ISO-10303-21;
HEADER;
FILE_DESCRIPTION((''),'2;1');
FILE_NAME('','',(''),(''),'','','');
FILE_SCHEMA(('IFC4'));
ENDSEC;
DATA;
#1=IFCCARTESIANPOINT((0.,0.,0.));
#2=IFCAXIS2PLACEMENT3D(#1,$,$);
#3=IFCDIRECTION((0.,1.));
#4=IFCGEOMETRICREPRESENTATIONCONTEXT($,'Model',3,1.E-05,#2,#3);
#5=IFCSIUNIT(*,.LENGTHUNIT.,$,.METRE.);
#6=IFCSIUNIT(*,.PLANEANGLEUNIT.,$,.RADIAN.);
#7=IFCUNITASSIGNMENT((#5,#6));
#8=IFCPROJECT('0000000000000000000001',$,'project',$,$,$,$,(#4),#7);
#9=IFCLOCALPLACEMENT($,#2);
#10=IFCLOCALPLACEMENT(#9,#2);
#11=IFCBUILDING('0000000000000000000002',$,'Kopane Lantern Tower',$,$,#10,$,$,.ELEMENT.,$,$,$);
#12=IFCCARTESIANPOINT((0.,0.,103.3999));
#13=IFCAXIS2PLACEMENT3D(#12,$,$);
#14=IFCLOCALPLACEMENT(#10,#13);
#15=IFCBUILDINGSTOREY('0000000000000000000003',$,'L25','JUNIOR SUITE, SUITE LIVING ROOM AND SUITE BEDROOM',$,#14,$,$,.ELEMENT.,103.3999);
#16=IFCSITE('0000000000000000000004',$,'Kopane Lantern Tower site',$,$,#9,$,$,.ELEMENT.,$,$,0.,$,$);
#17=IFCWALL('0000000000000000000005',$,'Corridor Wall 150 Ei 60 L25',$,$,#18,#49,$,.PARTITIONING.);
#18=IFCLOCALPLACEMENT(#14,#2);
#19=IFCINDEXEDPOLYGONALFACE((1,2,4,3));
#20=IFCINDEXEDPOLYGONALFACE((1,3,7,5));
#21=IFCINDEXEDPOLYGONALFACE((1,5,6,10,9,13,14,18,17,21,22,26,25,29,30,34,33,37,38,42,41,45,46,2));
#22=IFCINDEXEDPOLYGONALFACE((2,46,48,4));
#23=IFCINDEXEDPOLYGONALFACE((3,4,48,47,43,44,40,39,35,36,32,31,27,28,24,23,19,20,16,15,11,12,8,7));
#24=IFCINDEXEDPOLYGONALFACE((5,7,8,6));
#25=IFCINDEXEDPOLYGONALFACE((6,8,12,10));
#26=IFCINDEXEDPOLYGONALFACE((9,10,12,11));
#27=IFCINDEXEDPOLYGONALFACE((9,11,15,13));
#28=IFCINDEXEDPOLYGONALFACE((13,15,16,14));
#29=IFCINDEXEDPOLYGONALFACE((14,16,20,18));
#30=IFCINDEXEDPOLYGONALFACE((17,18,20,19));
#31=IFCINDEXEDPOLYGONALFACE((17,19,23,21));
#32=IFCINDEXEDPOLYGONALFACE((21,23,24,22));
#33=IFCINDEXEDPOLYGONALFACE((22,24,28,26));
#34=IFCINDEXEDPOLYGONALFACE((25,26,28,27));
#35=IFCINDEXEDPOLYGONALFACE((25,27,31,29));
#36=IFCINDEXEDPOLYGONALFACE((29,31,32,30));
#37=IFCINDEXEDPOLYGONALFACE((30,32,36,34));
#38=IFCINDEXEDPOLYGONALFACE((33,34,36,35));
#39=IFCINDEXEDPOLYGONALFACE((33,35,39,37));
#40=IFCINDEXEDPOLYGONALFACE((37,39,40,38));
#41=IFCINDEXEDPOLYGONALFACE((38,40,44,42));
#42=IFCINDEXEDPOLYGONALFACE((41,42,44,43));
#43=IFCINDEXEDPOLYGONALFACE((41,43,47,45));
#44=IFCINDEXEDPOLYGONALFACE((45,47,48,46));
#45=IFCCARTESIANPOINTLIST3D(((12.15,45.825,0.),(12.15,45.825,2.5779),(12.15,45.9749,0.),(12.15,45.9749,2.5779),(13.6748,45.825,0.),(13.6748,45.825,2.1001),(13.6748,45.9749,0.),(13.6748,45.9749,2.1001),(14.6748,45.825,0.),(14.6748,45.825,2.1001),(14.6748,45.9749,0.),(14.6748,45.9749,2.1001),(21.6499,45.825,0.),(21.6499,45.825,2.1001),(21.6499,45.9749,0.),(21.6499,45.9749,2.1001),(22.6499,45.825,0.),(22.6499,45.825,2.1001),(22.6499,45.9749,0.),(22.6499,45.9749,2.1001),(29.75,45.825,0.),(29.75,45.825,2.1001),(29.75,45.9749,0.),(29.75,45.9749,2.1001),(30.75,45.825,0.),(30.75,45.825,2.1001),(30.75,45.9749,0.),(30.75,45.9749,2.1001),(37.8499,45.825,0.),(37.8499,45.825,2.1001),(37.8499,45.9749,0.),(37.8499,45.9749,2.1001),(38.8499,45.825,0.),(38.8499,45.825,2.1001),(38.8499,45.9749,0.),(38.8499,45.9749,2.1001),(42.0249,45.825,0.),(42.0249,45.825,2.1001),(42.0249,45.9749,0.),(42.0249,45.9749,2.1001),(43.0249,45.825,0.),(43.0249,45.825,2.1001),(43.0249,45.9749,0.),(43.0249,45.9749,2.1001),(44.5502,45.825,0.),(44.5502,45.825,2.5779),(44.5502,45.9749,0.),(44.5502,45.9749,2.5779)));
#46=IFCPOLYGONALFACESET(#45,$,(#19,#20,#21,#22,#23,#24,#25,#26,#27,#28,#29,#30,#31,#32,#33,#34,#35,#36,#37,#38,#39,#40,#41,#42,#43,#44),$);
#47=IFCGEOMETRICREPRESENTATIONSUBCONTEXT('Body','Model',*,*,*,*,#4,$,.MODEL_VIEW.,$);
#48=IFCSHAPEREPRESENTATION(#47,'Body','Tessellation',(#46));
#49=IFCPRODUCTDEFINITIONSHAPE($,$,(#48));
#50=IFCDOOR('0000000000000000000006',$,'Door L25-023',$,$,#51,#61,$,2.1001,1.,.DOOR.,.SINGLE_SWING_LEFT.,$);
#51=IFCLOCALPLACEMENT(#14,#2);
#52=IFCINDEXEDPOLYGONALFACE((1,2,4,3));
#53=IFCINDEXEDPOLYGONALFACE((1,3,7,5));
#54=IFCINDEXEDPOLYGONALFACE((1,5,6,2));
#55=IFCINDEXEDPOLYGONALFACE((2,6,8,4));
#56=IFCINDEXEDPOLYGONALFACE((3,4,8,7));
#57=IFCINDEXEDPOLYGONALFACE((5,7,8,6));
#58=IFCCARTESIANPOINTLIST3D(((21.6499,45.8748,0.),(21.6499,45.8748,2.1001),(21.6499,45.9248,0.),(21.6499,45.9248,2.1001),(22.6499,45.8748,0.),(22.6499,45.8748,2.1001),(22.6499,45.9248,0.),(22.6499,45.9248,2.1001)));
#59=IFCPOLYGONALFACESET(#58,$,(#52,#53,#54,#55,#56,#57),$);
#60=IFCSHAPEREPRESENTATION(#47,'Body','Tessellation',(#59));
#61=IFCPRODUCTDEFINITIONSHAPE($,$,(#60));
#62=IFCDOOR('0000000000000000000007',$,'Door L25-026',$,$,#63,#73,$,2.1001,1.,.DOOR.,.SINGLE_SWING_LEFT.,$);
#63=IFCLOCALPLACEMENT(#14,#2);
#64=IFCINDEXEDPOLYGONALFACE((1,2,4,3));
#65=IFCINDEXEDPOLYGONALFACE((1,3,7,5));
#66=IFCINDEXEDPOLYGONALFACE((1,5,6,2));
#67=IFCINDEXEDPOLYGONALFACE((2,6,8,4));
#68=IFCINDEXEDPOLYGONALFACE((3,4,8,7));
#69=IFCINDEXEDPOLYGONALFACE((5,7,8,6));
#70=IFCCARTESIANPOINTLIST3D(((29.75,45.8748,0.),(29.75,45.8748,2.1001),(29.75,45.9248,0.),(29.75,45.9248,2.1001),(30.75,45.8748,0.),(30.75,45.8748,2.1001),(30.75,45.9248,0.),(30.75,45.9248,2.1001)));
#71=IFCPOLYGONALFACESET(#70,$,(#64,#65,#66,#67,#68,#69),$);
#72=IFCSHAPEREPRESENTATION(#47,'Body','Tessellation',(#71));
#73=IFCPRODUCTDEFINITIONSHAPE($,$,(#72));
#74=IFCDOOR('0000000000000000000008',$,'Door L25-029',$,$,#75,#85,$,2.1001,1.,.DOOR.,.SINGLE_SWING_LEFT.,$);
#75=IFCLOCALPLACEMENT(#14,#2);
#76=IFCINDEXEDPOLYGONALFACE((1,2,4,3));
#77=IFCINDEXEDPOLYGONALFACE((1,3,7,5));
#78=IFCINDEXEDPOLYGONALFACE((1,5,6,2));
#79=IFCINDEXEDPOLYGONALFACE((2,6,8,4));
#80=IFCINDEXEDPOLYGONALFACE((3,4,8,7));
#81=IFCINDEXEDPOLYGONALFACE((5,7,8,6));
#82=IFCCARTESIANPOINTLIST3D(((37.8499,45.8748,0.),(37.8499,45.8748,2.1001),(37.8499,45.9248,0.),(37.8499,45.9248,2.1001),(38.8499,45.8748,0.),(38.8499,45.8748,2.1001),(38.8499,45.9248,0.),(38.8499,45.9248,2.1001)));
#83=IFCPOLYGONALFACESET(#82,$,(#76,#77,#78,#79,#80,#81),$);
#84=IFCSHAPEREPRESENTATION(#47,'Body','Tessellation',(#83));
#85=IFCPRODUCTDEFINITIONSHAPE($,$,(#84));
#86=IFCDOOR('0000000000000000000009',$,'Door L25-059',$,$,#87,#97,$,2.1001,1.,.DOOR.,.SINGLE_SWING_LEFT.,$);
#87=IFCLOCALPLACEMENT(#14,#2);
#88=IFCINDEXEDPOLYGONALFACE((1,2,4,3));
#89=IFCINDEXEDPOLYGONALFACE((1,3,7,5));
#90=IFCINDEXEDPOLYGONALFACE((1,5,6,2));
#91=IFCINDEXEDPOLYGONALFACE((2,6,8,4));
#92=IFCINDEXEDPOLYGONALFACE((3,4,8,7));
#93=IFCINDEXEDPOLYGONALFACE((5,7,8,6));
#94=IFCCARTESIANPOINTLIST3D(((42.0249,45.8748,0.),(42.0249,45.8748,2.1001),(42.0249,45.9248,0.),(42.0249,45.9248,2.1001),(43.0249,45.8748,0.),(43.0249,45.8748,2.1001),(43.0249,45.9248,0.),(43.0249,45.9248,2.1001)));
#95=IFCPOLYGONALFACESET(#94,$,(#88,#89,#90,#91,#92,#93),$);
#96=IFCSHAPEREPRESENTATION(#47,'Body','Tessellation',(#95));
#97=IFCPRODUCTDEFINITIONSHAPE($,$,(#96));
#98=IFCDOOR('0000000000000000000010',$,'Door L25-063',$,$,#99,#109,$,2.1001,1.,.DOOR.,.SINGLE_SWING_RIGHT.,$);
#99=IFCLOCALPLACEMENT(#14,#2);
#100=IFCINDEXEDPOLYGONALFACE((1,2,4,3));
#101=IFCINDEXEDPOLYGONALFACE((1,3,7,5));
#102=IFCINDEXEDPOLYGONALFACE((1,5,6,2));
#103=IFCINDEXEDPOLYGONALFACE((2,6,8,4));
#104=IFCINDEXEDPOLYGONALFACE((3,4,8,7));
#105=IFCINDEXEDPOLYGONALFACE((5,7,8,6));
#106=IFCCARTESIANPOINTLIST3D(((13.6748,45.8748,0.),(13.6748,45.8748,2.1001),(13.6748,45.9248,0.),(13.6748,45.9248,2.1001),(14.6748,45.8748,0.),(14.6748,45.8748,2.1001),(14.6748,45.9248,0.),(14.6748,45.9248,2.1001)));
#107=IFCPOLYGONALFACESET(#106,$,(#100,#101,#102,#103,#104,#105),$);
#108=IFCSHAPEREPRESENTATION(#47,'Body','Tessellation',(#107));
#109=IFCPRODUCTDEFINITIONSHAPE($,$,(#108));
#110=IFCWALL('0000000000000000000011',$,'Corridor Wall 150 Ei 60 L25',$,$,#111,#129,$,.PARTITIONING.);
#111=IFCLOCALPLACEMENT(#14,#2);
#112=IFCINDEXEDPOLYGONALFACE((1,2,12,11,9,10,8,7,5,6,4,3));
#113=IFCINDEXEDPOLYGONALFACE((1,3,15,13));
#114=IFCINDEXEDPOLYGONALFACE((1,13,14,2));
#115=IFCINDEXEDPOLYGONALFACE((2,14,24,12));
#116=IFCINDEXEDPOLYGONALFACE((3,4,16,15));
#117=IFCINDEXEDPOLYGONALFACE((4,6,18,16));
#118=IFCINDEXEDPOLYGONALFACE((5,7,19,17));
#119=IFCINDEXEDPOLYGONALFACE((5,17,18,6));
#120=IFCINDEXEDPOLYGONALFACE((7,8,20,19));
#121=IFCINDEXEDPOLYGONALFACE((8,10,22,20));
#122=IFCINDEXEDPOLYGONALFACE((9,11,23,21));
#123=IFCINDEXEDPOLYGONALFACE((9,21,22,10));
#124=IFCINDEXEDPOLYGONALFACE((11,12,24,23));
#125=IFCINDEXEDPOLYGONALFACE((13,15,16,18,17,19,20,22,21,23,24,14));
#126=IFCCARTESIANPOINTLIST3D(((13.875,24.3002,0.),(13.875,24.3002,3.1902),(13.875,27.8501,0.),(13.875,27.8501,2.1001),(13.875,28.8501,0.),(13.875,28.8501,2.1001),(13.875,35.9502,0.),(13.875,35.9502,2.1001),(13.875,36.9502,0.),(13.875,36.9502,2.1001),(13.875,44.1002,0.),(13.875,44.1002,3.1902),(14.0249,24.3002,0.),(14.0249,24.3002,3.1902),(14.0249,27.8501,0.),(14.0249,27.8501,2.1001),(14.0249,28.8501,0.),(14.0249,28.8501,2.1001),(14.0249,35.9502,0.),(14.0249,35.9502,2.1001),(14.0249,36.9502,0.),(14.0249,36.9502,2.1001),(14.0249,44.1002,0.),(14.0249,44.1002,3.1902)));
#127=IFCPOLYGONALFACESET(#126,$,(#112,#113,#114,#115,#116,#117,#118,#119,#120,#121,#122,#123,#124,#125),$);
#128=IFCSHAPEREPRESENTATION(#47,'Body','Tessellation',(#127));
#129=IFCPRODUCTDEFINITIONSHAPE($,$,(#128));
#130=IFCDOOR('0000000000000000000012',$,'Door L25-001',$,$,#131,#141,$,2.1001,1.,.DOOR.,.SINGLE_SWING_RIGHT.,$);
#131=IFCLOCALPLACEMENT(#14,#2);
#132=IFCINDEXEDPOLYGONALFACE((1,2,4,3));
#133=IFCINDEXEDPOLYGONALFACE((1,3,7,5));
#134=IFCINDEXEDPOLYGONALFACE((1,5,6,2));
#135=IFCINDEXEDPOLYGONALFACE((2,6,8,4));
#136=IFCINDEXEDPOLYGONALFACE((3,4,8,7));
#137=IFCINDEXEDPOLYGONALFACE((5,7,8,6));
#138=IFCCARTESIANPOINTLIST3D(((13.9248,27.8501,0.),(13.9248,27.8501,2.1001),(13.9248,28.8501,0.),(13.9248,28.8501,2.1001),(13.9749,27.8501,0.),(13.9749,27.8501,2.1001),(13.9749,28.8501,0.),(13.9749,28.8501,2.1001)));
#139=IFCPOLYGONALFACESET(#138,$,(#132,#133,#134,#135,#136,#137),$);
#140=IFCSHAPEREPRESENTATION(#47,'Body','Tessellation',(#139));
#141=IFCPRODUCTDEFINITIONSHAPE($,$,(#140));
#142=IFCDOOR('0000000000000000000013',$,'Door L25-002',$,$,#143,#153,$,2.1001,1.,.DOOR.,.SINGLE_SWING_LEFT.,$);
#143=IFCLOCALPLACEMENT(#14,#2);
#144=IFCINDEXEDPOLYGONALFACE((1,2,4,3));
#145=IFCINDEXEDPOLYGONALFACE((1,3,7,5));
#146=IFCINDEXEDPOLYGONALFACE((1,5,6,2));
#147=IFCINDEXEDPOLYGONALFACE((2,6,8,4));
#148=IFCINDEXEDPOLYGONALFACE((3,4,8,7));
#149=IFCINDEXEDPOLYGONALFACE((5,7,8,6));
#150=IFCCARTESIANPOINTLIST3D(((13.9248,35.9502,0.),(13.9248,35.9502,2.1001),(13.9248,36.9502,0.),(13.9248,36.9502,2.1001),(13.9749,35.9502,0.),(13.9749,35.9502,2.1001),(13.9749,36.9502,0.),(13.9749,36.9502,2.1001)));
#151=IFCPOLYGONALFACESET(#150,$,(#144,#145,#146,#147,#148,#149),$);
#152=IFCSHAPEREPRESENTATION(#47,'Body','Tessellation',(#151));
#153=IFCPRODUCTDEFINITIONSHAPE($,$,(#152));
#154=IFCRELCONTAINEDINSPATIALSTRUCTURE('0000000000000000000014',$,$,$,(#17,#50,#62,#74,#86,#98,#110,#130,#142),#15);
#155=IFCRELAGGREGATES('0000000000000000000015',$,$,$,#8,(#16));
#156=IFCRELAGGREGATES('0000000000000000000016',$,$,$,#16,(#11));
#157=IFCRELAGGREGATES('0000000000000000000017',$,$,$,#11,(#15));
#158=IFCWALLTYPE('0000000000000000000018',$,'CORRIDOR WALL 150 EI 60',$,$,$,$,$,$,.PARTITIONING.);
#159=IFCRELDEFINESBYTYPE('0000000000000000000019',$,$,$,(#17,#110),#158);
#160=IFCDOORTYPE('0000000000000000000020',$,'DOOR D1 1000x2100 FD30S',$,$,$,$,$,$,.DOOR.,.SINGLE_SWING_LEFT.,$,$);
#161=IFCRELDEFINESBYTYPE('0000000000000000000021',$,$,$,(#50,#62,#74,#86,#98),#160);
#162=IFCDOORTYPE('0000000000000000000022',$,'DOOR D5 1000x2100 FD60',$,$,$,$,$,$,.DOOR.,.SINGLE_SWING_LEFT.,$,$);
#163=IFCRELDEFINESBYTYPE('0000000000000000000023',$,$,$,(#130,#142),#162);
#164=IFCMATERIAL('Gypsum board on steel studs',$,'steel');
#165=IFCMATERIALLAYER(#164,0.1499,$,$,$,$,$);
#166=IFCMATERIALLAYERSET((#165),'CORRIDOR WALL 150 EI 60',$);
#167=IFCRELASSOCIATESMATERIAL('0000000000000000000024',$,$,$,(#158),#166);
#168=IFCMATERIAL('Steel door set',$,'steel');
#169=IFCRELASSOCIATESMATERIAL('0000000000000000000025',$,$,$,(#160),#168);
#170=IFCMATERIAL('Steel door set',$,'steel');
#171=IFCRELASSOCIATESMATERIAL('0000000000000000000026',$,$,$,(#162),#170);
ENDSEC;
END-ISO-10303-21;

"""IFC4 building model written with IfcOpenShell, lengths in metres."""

from ifc_helpers import new_model, si_unit, direction, frame, frame_2d, origin, place, context, subcontext, project, spatial, rectangle, extrude, material, layer, layer_set, type_object, element, fill, save


model = new_model("IFC4")

# Units and contexts
model_context = context("Model", 3, precision=1e-05, world=origin(), true_north=direction((0.0, 1.0)))
body_context = subcontext(model_context, "Body", "Model", "MODEL_VIEW")
ifc_project = project(units=[si_unit("LENGTHUNIT", "METRE"), si_unit("PLANEANGLEUNIT", "RADIAN")], contexts=[model_context])

# Site, building, storey
site_placement = place(None, origin())
site = spatial("IfcSite", under=ifc_project, at=site_placement, Name="Kopane Lantern Tower site", CompositionType="ELEMENT", RefElevation=0.0)
building_placement = place(site_placement, origin())
building = spatial("IfcBuilding", under=site, at=building_placement, Name="Kopane Lantern Tower", CompositionType="ELEMENT")
storey_placement = place(building_placement, frame((0.0, 0.0, 103.3999)))
storey = spatial("IfcBuildingStorey", under=building, at=storey_placement, Name="L25", Description="JUNIOR SUITE, SUITE LIVING ROOM AND SUITE BEDROOM", CompositionType="ELEMENT", Elevation=103.3999)

# Walls, openings, doors
ifc_material_1 = material(Name="Gypsum board on steel studs", Category="steel")
ifc_layer_1 = layer(ifc_material_1, 0.1499)
ifc_layer_set_1 = layer_set([ifc_layer_1], Name="CORRIDOR WALL 150 EI 60")
wall_type_1 = type_object("IfcWallType", Name="CORRIDOR WALL 150 EI 60", PredefinedType="PARTITIONING", material=ifc_layer_set_1)
wall_1_placement = place(storey_placement, frame((12.1499, 45.8999, 0.0), z_axis=(0.0, 0.0, 1.0), x_axis=(1.0, 0.0, 0.0)))
wall_1 = element("IfcWall", 1, at=wall_1_placement, inside=storey, type_object=wall_type_1, Name="Corridor Wall 150 Ei 60 L25", PredefinedType="PARTITIONING", context=body_context, shape_type="SweptSolid", body=[
    extrude(rectangle(XDim=32.4001, YDim=0.1499, at=frame_2d((16.2002, 0.0))), origin(), (0.0, 0.0, 1.0), 2.5779),
])
opening_1_placement = place(wall_1_placement, frame((9.5, 0.0, 0.0)))
opening_1 = element("IfcOpeningElement", 2, at=opening_1_placement, cuts=wall_1, PredefinedType="OPENING", context=body_context, shape_type="SweptSolid", body=[
    extrude(rectangle(XDim=1.0, YDim=2.1001, at=frame_2d((0.5, 1.05))), frame((0.0, 0.085, 0.0), z_axis=(0.0, -1.0, 0.0), x_axis=(1.0, 0.0, 0.0)), (0.0, 0.0, 1.0), 0.1699),
])
opening_2_placement = place(wall_1_placement, frame((17.6001, 0.0, 0.0)))
opening_2 = element("IfcOpeningElement", 3, at=opening_2_placement, cuts=wall_1, PredefinedType="OPENING", context=body_context, shape_type="SweptSolid", body=[
    extrude(rectangle(XDim=1.0, YDim=2.1001, at=frame_2d((0.5, 1.05))), frame((0.0, 0.085, 0.0), z_axis=(0.0, -1.0, 0.0), x_axis=(1.0, 0.0, 0.0)), (0.0, 0.0, 1.0), 0.1699),
])
opening_3_placement = place(wall_1_placement, frame((25.7, 0.0, 0.0)))
opening_3 = element("IfcOpeningElement", 4, at=opening_3_placement, cuts=wall_1, PredefinedType="OPENING", context=body_context, shape_type="SweptSolid", body=[
    extrude(rectangle(XDim=1.0, YDim=2.1001, at=frame_2d((0.5, 1.05))), frame((0.0, 0.085, 0.0), z_axis=(0.0, -1.0, 0.0), x_axis=(1.0, 0.0, 0.0)), (0.0, 0.0, 1.0), 0.1699),
])
opening_4_placement = place(wall_1_placement, frame((29.875, 0.0, 0.0)))
opening_4 = element("IfcOpeningElement", 5, at=opening_4_placement, cuts=wall_1, PredefinedType="OPENING", context=body_context, shape_type="SweptSolid", body=[
    extrude(rectangle(XDim=1.0, YDim=2.1001, at=frame_2d((0.5, 1.05))), frame((0.0, 0.085, 0.0), z_axis=(0.0, -1.0, 0.0), x_axis=(1.0, 0.0, 0.0)), (0.0, 0.0, 1.0), 0.1699),
])
opening_5_placement = place(wall_1_placement, frame((1.5249, 0.0, 0.0)))
opening_5 = element("IfcOpeningElement", 6, at=opening_5_placement, cuts=wall_1, PredefinedType="OPENING", context=body_context, shape_type="SweptSolid", body=[
    extrude(rectangle(XDim=1.0, YDim=2.1001, at=frame_2d((0.5, 1.05))), frame((0.0, 0.085, 0.0), z_axis=(0.0, -1.0, 0.0), x_axis=(1.0, 0.0, 0.0)), (0.0, 0.0, 1.0), 0.1699),
])
ifc_material_2 = material(Name="Steel door set", Category="steel")
door_type_1 = type_object("IfcDoorType", Name="DOOR D1 1000x2100 FD30S", OperationType="SINGLE_SWING_LEFT", PredefinedType="DOOR", material=ifc_material_2)
door_1_placement = place(opening_1_placement, origin())
door_1 = element("IfcDoor", 7, at=door_1_placement, inside=storey, type_object=door_type_1, Name="Door L25-023", OperationType="SINGLE_SWING_LEFT", OverallHeight=2.1001, OverallWidth=1.0, PredefinedType="DOOR", context=body_context, shape_type="SweptSolid", body=[
    extrude(rectangle(XDim=1.0, YDim=2.1001, at=frame_2d((0.5, 1.05))), frame((0.0, 0.0249, 0.0), z_axis=(0.0, -1.0, 0.0), x_axis=(1.0, 0.0, 0.0)), (0.0, 0.0, 1.0), 0.05),
])
fill(opening_1, door_1)
door_2_placement = place(opening_2_placement, origin())
door_2 = element("IfcDoor", 8, at=door_2_placement, inside=storey, type_object=door_type_1, Name="Door L25-026", OperationType="SINGLE_SWING_LEFT", OverallHeight=2.1001, OverallWidth=1.0, PredefinedType="DOOR", context=body_context, shape_type="SweptSolid", body=[
    extrude(rectangle(XDim=1.0, YDim=2.1001, at=frame_2d((0.5, 1.05))), frame((0.0, 0.0249, 0.0), z_axis=(0.0, -1.0, 0.0), x_axis=(1.0, 0.0, 0.0)), (0.0, 0.0, 1.0), 0.05),
])
fill(opening_2, door_2)
door_3_placement = place(opening_3_placement, origin())
door_3 = element("IfcDoor", 9, at=door_3_placement, inside=storey, type_object=door_type_1, Name="Door L25-029", OperationType="SINGLE_SWING_LEFT", OverallHeight=2.1001, OverallWidth=1.0, PredefinedType="DOOR", context=body_context, shape_type="SweptSolid", body=[
    extrude(rectangle(XDim=1.0, YDim=2.1001, at=frame_2d((0.5, 1.05))), frame((0.0, 0.0249, 0.0), z_axis=(0.0, -1.0, 0.0), x_axis=(1.0, 0.0, 0.0)), (0.0, 0.0, 1.0), 0.05),
])
fill(opening_3, door_3)
door_4_placement = place(opening_4_placement, origin())
door_4 = element("IfcDoor", 10, at=door_4_placement, inside=storey, type_object=door_type_1, Name="Door L25-059", OperationType="SINGLE_SWING_LEFT", OverallHeight=2.1001, OverallWidth=1.0, PredefinedType="DOOR", context=body_context, shape_type="SweptSolid", body=[
    extrude(rectangle(XDim=1.0, YDim=2.1001, at=frame_2d((0.5, 1.05))), frame((0.0, 0.0249, 0.0), z_axis=(0.0, -1.0, 0.0), x_axis=(1.0, 0.0, 0.0)), (0.0, 0.0, 1.0), 0.05),
])
fill(opening_4, door_4)
door_5_placement = place(opening_5_placement, origin())
door_5 = element("IfcDoor", 11, at=door_5_placement, inside=storey, type_object=door_type_1, Name="Door L25-063", OperationType="SINGLE_SWING_RIGHT", OverallHeight=2.1001, OverallWidth=1.0, PredefinedType="DOOR", context=body_context, shape_type="SweptSolid", body=[
    extrude(rectangle(XDim=1.0, YDim=2.1001, at=frame_2d((0.5, 1.05))), frame((0.0, 0.0249, 0.0), z_axis=(0.0, -1.0, 0.0), x_axis=(1.0, 0.0, 0.0)), (0.0, 0.0, 1.0), 0.05),
])
fill(opening_5, door_5)
wall_2_placement = place(storey_placement, frame((13.95, 44.1001, 0.0), z_axis=(0.0, 0.0, 1.0), x_axis=(0.0, -1.0, 0.0)))
wall_2 = element("IfcWall", 12, at=wall_2_placement, inside=storey, type_object=wall_type_1, Name="Corridor Wall 150 Ei 60 L25", PredefinedType="PARTITIONING", context=body_context, shape_type="SweptSolid", body=[
    extrude(rectangle(XDim=19.8, YDim=0.1499, at=frame_2d((9.8999, 0.0))), origin(), (0.0, 0.0, 1.0), 3.1902),
])
opening_6_placement = place(wall_2_placement, frame((15.25, 0.0, 0.0)))
opening_6 = element("IfcOpeningElement", 13, at=opening_6_placement, cuts=wall_2, PredefinedType="OPENING", context=body_context, shape_type="SweptSolid", body=[
    extrude(rectangle(XDim=1.0, YDim=2.1001, at=frame_2d((0.5, 1.05))), frame((0.0, 0.085, 0.0), z_axis=(0.0, -1.0, 0.0), x_axis=(1.0, 0.0, 0.0)), (0.0, 0.0, 1.0), 0.1699),
])
opening_7_placement = place(wall_2_placement, frame((7.1499, 0.0, 0.0)))
opening_7 = element("IfcOpeningElement", 14, at=opening_7_placement, cuts=wall_2, PredefinedType="OPENING", context=body_context, shape_type="SweptSolid", body=[
    extrude(rectangle(XDim=1.0, YDim=2.1001, at=frame_2d((0.5, 1.05))), frame((0.0, 0.085, 0.0), z_axis=(0.0, -1.0, 0.0), x_axis=(1.0, 0.0, 0.0)), (0.0, 0.0, 1.0), 0.1699),
])
ifc_material_3 = material(Name="Steel door set", Category="steel")
door_type_2 = type_object("IfcDoorType", Name="DOOR D5 1000x2100 FD60", OperationType="SINGLE_SWING_LEFT", PredefinedType="DOOR", material=ifc_material_3)
door_6_placement = place(opening_6_placement, origin())
door_6 = element("IfcDoor", 15, at=door_6_placement, inside=storey, type_object=door_type_2, Name="Door L25-001", OperationType="SINGLE_SWING_RIGHT", OverallHeight=2.1001, OverallWidth=1.0, PredefinedType="DOOR", context=body_context, shape_type="SweptSolid", body=[
    extrude(rectangle(XDim=1.0, YDim=2.1001, at=frame_2d((0.5, 1.05))), frame((0.0, 0.0249, 0.0), z_axis=(0.0, -1.0, 0.0), x_axis=(1.0, 0.0, 0.0)), (0.0, 0.0, 1.0), 0.05),
])
fill(opening_6, door_6)
door_7_placement = place(opening_7_placement, origin())
door_7 = element("IfcDoor", 16, at=door_7_placement, inside=storey, type_object=door_type_2, Name="Door L25-002", OperationType="SINGLE_SWING_LEFT", OverallHeight=2.1001, OverallWidth=1.0, PredefinedType="DOOR", context=body_context, shape_type="SweptSolid", body=[
    extrude(rectangle(XDim=1.0, YDim=2.1001, at=frame_2d((0.5, 1.05))), frame((0.0, 0.0249, 0.0), z_axis=(0.0, -1.0, 0.0), x_axis=(1.0, 0.0, 0.0)), (0.0, 0.0, 1.0), 0.05),
])
fill(opening_7, door_7)

save(model, "model.ifc")
